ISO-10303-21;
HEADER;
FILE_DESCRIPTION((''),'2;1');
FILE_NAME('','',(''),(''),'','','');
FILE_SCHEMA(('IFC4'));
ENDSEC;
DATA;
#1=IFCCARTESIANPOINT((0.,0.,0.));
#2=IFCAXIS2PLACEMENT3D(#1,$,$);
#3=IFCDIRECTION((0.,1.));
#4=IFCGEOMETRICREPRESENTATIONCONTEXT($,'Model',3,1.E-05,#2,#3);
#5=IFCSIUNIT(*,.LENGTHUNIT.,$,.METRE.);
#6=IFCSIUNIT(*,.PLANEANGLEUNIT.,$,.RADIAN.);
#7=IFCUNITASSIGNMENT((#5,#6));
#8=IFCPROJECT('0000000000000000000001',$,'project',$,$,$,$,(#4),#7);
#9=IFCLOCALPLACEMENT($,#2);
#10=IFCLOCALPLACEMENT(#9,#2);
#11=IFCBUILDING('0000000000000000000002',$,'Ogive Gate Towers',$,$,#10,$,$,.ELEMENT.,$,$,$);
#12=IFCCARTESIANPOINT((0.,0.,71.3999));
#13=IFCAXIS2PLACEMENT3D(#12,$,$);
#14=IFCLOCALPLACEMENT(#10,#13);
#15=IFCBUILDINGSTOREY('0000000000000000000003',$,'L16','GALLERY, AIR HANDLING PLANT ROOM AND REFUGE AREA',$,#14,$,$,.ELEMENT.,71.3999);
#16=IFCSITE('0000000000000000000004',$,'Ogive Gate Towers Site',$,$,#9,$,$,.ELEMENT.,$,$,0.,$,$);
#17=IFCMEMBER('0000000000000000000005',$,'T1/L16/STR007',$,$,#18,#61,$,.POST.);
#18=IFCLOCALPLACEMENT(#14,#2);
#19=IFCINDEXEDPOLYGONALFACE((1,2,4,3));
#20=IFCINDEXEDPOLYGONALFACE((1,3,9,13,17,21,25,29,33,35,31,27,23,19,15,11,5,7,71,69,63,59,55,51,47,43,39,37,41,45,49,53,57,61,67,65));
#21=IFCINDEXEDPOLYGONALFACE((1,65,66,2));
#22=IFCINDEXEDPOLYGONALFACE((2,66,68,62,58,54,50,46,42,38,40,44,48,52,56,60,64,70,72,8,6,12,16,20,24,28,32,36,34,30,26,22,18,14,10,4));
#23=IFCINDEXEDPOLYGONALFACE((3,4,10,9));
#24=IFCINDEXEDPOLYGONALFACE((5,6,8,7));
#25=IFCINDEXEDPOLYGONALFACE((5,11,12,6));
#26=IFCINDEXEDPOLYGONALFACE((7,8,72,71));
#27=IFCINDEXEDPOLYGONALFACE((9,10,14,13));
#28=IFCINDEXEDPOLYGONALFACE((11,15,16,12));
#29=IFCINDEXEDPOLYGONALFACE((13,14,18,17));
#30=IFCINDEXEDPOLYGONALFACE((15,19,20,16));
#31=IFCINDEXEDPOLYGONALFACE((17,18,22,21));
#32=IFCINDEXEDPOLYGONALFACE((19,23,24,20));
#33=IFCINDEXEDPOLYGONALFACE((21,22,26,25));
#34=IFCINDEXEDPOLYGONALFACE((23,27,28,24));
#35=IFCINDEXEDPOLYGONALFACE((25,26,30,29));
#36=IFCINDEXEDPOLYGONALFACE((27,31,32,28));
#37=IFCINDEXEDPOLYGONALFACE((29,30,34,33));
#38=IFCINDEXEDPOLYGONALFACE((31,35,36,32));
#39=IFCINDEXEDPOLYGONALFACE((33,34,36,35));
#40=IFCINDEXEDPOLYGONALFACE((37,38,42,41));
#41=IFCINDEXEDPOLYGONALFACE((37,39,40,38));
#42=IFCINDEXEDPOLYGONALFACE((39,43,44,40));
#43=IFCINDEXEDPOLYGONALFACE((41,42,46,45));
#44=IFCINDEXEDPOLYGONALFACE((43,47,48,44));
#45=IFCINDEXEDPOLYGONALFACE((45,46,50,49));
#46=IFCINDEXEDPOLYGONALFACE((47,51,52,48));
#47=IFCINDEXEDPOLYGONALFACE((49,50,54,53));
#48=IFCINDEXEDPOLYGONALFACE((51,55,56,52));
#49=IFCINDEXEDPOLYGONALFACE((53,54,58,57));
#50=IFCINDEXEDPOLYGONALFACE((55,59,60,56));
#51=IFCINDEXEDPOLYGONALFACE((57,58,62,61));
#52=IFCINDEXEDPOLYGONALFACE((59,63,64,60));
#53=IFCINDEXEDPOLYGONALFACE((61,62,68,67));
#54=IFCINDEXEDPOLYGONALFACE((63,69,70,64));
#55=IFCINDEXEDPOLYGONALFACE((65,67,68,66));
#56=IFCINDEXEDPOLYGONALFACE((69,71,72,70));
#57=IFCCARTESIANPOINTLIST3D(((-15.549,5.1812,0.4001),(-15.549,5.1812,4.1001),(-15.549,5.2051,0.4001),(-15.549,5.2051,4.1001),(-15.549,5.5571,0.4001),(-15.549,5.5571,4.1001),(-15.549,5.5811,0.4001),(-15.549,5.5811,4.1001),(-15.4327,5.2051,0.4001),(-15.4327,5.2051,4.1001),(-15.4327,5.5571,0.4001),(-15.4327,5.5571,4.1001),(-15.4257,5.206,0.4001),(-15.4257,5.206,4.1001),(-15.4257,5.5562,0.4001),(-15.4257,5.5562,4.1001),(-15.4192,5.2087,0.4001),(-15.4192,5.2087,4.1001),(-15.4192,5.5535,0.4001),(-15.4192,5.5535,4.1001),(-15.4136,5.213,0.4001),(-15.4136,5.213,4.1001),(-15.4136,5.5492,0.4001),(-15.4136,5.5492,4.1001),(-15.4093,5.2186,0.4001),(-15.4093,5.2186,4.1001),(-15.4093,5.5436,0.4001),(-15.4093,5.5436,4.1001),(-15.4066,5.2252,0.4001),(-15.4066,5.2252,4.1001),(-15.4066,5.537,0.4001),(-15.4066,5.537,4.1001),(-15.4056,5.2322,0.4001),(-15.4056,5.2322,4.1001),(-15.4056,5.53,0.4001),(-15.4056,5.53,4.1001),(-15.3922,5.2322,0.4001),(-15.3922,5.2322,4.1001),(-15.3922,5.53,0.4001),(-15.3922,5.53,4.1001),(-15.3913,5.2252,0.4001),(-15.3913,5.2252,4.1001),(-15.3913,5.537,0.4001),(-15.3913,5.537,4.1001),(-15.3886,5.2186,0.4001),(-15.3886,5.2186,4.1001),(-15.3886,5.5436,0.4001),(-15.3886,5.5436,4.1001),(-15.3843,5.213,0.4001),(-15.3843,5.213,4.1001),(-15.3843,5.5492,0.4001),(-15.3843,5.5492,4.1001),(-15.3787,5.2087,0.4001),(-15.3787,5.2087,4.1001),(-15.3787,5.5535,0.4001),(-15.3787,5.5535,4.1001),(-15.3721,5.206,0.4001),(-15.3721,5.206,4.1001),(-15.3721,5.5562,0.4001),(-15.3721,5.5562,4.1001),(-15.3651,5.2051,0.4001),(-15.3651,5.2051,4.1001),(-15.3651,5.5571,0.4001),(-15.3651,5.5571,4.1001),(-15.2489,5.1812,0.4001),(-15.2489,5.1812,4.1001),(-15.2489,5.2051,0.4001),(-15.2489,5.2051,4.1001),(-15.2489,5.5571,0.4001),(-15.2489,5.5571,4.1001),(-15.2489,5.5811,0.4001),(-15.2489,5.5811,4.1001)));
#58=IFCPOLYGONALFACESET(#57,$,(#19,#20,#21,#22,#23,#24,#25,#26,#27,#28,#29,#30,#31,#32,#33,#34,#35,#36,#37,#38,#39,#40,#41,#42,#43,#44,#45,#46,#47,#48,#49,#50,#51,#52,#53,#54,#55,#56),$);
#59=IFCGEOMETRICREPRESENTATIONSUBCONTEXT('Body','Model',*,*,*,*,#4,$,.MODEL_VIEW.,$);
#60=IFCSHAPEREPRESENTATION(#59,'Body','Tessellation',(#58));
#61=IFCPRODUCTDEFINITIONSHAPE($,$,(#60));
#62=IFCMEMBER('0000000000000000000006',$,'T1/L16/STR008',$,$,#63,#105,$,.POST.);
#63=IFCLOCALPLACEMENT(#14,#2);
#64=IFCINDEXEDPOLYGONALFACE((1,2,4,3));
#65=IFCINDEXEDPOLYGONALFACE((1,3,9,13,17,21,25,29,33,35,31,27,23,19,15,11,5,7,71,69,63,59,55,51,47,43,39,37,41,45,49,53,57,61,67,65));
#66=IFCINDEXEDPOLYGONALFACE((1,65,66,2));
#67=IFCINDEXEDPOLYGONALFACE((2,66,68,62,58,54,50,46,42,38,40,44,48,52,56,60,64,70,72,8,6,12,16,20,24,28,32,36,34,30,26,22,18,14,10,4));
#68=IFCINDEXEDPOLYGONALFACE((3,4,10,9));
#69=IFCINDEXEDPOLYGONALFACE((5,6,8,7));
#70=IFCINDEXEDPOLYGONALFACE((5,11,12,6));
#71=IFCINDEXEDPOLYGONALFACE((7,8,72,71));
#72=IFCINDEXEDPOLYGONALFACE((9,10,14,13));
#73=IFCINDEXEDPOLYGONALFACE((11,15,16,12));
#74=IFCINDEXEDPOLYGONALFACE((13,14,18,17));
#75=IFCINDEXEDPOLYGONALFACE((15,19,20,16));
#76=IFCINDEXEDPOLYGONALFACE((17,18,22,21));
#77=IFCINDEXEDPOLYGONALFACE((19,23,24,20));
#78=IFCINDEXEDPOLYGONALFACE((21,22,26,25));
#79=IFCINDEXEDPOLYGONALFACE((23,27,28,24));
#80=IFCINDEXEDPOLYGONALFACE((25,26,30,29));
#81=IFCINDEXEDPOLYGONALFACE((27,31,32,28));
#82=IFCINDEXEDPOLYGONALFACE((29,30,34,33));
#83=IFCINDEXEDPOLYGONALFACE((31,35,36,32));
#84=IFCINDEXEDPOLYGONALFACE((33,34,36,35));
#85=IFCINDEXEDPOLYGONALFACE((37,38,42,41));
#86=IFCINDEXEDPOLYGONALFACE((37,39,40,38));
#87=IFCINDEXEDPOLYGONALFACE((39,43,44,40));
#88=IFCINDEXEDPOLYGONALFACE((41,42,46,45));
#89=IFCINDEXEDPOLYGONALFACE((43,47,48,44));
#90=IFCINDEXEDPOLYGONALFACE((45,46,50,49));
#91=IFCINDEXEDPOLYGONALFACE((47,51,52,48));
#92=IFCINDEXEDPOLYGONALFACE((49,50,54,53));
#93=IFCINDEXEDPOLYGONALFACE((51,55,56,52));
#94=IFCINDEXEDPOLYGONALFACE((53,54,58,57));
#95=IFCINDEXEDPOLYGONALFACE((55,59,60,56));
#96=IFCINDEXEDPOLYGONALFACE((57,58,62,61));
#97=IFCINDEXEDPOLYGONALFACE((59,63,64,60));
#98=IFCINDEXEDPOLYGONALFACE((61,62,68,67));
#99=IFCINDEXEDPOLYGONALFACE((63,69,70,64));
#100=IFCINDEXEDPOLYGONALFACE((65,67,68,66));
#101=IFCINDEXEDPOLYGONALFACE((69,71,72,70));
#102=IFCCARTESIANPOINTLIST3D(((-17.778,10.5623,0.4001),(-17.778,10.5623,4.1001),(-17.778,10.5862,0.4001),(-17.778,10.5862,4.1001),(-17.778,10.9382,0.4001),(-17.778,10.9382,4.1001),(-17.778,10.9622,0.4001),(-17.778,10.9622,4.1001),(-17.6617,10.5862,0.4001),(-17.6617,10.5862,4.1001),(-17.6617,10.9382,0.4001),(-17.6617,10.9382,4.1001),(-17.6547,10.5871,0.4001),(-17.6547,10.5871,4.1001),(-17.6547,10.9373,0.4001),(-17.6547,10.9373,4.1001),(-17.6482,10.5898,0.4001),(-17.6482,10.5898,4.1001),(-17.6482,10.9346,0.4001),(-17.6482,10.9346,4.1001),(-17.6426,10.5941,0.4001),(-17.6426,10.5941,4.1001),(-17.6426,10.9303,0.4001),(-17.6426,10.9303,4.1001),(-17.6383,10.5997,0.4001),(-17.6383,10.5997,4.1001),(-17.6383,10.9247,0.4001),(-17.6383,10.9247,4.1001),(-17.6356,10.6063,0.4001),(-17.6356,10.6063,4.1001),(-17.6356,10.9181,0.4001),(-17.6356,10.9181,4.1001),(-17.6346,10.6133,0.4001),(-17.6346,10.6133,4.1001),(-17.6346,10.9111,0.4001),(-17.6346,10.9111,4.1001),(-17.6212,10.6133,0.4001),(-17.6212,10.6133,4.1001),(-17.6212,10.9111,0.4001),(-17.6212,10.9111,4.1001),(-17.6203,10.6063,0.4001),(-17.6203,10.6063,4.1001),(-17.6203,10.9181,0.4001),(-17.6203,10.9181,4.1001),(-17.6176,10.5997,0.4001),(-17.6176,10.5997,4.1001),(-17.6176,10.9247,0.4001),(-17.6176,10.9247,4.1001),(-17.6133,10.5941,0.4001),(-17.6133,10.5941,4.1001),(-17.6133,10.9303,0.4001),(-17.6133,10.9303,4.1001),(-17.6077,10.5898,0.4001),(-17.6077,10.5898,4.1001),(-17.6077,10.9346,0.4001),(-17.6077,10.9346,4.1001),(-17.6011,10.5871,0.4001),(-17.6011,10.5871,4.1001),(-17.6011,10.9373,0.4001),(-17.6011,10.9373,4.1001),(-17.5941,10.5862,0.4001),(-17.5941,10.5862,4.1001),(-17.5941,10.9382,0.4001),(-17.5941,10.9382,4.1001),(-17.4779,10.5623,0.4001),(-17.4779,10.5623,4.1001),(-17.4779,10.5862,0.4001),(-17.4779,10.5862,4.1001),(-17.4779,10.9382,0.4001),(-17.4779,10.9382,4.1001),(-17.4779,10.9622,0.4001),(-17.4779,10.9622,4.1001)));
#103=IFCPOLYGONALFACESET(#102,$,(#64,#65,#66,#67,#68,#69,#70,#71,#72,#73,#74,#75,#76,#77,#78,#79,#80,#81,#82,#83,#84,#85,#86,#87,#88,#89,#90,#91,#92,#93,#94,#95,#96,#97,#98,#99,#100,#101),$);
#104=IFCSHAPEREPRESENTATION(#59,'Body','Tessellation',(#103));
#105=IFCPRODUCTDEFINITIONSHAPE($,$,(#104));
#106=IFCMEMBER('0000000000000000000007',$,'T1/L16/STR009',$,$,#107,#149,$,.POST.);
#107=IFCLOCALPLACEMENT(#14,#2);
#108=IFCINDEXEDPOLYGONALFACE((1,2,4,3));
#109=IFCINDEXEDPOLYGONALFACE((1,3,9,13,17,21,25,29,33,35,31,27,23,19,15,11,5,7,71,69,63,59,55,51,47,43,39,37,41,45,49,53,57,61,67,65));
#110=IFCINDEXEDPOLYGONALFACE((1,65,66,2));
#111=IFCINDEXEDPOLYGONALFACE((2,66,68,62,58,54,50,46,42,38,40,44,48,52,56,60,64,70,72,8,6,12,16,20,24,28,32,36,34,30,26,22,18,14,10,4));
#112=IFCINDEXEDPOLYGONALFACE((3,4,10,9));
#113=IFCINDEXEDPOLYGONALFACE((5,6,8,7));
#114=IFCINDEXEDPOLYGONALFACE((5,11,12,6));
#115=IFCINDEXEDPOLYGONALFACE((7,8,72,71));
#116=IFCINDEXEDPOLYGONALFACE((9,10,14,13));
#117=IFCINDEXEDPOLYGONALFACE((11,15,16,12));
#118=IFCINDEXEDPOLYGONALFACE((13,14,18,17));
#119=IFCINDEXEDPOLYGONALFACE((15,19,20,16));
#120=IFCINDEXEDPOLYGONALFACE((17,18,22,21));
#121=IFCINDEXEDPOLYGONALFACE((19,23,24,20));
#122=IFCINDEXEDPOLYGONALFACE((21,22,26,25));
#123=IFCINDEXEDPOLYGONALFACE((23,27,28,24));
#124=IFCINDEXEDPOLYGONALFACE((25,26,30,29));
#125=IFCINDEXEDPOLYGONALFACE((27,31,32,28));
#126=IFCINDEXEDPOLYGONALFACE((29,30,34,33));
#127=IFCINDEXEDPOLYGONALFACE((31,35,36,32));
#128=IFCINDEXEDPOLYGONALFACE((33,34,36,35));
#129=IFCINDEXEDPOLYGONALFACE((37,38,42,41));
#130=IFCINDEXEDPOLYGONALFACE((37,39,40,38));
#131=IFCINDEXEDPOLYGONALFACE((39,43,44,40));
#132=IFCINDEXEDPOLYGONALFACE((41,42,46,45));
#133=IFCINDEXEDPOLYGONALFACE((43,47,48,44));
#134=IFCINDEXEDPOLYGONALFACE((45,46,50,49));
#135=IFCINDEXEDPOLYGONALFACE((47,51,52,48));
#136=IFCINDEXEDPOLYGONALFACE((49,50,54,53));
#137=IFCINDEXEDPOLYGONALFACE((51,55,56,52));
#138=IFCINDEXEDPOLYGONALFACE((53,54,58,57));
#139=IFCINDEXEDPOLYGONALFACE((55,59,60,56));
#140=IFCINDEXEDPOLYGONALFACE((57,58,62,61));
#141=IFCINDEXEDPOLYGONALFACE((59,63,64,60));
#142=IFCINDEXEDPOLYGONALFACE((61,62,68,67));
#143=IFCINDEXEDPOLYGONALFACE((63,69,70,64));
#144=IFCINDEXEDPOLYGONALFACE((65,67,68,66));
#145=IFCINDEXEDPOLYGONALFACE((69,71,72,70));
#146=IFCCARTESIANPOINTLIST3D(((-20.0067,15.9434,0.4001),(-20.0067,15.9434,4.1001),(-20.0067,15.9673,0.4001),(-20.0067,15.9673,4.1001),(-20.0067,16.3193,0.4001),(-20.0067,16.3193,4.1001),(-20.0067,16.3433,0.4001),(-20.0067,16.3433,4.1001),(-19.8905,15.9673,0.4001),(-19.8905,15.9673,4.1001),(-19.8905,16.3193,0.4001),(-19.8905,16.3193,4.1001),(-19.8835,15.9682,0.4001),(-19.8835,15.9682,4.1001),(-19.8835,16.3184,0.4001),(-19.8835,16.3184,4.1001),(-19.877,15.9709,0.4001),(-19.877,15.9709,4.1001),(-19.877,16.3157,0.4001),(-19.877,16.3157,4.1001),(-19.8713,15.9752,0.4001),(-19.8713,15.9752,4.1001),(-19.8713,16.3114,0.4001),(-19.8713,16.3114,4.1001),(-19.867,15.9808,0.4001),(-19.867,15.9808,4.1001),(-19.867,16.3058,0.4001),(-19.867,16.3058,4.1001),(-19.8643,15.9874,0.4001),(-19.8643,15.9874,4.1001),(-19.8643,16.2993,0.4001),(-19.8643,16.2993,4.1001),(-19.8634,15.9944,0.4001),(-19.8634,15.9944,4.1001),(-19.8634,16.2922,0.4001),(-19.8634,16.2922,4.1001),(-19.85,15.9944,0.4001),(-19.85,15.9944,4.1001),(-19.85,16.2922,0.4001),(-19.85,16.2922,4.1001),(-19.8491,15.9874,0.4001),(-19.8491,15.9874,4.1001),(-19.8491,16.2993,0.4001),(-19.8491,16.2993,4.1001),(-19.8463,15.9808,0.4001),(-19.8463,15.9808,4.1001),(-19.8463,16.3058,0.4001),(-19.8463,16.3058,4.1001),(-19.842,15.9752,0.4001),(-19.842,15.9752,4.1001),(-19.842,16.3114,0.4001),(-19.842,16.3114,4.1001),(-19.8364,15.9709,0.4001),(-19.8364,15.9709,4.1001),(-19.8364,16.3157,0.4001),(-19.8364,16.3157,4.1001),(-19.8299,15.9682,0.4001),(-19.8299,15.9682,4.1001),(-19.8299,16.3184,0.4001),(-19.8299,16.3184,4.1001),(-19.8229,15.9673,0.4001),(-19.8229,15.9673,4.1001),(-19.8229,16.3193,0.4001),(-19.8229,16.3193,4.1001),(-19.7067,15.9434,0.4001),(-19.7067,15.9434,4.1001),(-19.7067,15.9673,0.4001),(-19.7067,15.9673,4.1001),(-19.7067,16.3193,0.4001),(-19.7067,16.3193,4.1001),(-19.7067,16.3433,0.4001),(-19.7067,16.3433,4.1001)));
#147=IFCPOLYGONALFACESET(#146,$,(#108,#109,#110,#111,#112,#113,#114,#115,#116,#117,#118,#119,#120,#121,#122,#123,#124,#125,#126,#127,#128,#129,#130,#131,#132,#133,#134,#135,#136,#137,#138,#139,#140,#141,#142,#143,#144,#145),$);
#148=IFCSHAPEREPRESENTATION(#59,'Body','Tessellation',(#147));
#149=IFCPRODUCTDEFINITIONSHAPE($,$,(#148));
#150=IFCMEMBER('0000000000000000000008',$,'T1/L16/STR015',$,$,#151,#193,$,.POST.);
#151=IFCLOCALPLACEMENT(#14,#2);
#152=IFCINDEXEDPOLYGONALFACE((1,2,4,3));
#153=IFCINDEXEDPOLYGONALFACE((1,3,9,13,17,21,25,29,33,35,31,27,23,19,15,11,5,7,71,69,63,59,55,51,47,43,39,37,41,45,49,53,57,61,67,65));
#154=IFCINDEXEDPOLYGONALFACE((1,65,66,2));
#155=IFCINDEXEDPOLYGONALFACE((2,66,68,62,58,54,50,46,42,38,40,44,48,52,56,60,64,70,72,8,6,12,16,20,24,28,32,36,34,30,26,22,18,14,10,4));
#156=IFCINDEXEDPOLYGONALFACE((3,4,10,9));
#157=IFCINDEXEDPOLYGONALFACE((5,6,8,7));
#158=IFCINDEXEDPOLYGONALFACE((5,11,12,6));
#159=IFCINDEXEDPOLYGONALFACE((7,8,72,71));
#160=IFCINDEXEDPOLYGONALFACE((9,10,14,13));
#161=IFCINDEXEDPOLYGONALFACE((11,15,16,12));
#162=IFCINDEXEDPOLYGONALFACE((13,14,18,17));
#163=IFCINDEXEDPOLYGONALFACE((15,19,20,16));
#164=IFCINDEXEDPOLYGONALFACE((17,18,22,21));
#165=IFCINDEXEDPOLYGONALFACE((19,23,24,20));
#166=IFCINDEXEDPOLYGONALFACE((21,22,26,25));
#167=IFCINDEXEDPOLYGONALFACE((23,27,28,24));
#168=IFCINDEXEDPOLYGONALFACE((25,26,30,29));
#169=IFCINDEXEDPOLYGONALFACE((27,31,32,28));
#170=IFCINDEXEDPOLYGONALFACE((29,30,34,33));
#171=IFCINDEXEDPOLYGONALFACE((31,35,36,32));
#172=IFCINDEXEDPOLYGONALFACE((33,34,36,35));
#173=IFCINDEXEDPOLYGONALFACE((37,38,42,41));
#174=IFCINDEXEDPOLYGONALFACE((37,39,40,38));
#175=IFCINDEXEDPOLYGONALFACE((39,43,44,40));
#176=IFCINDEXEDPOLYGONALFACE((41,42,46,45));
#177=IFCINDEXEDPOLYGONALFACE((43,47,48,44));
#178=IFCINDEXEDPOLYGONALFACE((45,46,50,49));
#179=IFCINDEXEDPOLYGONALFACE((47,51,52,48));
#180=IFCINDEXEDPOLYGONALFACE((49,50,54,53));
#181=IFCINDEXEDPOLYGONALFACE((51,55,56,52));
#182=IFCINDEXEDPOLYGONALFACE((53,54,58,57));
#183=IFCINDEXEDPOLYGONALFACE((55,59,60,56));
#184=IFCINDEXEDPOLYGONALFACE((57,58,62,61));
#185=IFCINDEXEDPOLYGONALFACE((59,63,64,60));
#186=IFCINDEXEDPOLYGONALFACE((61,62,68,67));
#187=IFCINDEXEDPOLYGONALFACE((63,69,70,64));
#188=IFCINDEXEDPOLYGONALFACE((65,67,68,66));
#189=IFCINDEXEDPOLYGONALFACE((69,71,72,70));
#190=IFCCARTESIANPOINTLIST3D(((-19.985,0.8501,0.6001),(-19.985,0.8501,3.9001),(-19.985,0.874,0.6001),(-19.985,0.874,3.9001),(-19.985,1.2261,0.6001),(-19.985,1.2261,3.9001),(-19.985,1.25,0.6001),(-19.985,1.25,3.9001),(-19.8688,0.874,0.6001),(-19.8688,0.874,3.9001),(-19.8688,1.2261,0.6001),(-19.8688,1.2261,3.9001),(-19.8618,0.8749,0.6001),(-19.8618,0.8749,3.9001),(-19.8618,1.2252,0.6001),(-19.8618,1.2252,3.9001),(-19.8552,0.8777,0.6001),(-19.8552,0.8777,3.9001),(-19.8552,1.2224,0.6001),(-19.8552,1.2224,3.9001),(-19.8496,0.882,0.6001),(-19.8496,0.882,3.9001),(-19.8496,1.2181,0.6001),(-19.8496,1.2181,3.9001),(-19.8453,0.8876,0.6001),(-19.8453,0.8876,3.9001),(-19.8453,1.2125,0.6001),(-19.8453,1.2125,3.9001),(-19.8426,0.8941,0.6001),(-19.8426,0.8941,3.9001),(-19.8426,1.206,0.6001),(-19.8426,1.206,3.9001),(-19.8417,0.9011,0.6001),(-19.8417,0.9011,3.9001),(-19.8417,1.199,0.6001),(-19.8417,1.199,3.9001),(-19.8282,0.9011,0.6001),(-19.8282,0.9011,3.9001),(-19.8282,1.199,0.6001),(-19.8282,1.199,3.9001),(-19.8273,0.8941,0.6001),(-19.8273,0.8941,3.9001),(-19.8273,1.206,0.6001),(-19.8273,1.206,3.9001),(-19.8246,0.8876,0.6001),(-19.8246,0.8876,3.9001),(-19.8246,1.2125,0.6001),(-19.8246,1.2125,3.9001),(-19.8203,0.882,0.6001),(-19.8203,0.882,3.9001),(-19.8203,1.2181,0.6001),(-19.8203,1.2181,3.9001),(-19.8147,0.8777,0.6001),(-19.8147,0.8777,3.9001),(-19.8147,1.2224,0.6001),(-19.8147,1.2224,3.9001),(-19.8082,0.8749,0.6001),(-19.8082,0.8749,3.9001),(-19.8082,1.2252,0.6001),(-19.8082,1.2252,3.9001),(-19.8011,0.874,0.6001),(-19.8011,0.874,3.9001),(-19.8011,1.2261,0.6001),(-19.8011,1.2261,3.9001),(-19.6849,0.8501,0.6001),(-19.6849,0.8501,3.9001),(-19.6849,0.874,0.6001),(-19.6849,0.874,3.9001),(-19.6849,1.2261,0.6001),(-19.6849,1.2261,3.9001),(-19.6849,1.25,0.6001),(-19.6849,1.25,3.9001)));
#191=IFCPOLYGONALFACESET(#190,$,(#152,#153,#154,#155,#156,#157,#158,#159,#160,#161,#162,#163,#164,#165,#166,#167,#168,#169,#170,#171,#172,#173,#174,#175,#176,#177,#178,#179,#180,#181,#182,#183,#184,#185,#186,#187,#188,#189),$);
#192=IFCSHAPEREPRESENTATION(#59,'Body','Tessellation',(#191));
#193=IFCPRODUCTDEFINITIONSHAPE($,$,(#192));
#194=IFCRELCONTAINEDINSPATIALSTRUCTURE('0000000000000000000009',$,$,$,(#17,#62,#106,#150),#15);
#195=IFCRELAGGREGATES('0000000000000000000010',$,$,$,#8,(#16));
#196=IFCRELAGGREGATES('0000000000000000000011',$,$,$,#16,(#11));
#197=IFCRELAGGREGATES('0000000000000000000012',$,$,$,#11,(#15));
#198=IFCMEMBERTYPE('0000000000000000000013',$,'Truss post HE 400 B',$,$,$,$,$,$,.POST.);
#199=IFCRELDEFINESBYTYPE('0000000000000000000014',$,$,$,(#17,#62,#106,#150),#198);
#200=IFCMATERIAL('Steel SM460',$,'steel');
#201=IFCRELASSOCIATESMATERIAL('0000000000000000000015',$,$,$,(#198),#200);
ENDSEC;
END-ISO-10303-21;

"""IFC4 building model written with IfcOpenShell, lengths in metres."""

from ifc_helpers import new_model, si_unit, direction, frame, origin, origin_2d, place, context, subcontext, project, spatial, i_section, extrude, material, material_profile, profile_set, type_object, element, save


model = new_model("IFC4")

# Units and contexts
model_context = context("Model", 3, precision=1e-05, world=origin(), true_north=direction((0.0, 1.0)))
body_context = subcontext(model_context, "Body", "Model", "MODEL_VIEW")
ifc_project = project(units=[si_unit("LENGTHUNIT", "METRE"), si_unit("PLANEANGLEUNIT", "RADIAN")], contexts=[model_context])

# Site, building, storey
site_placement = place(None, origin())
site = spatial("IfcSite", under=ifc_project, at=site_placement, Name="Ogive Gate Towers Site", CompositionType="ELEMENT", RefElevation=0.0)
building_placement = place(site_placement, origin())
building = spatial("IfcBuilding", under=site, at=building_placement, Name="Ogive Gate Towers", CompositionType="ELEMENT")
storey_placement = place(building_placement, frame((0.0, 0.0, 71.3999)))
storey = spatial("IfcBuildingStorey", under=building, at=storey_placement, Name="L16", Description="GALLERY, AIR HANDLING PLANT ROOM AND REFUGE AREA", CompositionType="ELEMENT", Elevation=71.3999)

# Shared definitions
ifc_material_1 = material(Name="Steel SM460", Category="steel")

# Members
ifc_material_profile_1 = material_profile(ifc_material_1, i_section(OverallWidth=0.3, OverallDepth=0.3999, WebThickness=0.0134, FlangeThickness=0.0239, FilletRadius=0.0271, at=origin_2d()), Name="HE 400 B")
ifc_profile_set_1 = profile_set([ifc_material_profile_1], Name="Steel SM460")
member_type_1 = type_object("IfcMemberType", Name="Truss post HE 400 B", PredefinedType="POST", material=ifc_profile_set_1)
for number, where, z_axis, x_axis, name in (
    (1, (-15.3989, 5.3811, 0.4001), (0.0, 0.0, 1.0), (1.0, 0.0, 0.0), "T1/L16/STR007"),
    (2, (-17.6279, 10.7622, 0.4001), (0.0, 0.0, 1.0), (1.0, 0.0, 0.0), "T1/L16/STR008"),
    (3, (-19.8567, 16.1433, 0.4001), (0.0, 0.0, 1.0), (1.0, 0.0, 0.0), "T1/L16/STR009"),
):
    element("IfcMember", number, at=place(storey_placement, frame(where, z_axis=z_axis, x_axis=x_axis)), inside=storey, type_object=member_type_1, Name=name, PredefinedType="POST", context=body_context, shape_type="SweptSolid", body=[
        extrude(i_section(OverallWidth=0.3, OverallDepth=0.3999, WebThickness=0.0134, FlangeThickness=0.0239, FilletRadius=0.0271, at=origin_2d()), origin(), (0.0, 0.0, 1.0), 3.7),
    ])
member_1_placement = place(storey_placement, frame((-19.835, 1.05, 0.6001), z_axis=(0.0, 0.0, 1.0), x_axis=(1.0, 0.0, 0.0)))
element("IfcMember", 4, at=member_1_placement, inside=storey, type_object=member_type_1, Name="T1/L16/STR015", PredefinedType="POST", context=body_context, shape_type="SweptSolid", body=[
    extrude(i_section(OverallWidth=0.3, OverallDepth=0.3999, WebThickness=0.0134, FlangeThickness=0.0239, FilletRadius=0.0271, at=origin_2d()), origin(), (0.0, 0.0, 1.0), 3.3),
])

save(model, "model.ifc")
